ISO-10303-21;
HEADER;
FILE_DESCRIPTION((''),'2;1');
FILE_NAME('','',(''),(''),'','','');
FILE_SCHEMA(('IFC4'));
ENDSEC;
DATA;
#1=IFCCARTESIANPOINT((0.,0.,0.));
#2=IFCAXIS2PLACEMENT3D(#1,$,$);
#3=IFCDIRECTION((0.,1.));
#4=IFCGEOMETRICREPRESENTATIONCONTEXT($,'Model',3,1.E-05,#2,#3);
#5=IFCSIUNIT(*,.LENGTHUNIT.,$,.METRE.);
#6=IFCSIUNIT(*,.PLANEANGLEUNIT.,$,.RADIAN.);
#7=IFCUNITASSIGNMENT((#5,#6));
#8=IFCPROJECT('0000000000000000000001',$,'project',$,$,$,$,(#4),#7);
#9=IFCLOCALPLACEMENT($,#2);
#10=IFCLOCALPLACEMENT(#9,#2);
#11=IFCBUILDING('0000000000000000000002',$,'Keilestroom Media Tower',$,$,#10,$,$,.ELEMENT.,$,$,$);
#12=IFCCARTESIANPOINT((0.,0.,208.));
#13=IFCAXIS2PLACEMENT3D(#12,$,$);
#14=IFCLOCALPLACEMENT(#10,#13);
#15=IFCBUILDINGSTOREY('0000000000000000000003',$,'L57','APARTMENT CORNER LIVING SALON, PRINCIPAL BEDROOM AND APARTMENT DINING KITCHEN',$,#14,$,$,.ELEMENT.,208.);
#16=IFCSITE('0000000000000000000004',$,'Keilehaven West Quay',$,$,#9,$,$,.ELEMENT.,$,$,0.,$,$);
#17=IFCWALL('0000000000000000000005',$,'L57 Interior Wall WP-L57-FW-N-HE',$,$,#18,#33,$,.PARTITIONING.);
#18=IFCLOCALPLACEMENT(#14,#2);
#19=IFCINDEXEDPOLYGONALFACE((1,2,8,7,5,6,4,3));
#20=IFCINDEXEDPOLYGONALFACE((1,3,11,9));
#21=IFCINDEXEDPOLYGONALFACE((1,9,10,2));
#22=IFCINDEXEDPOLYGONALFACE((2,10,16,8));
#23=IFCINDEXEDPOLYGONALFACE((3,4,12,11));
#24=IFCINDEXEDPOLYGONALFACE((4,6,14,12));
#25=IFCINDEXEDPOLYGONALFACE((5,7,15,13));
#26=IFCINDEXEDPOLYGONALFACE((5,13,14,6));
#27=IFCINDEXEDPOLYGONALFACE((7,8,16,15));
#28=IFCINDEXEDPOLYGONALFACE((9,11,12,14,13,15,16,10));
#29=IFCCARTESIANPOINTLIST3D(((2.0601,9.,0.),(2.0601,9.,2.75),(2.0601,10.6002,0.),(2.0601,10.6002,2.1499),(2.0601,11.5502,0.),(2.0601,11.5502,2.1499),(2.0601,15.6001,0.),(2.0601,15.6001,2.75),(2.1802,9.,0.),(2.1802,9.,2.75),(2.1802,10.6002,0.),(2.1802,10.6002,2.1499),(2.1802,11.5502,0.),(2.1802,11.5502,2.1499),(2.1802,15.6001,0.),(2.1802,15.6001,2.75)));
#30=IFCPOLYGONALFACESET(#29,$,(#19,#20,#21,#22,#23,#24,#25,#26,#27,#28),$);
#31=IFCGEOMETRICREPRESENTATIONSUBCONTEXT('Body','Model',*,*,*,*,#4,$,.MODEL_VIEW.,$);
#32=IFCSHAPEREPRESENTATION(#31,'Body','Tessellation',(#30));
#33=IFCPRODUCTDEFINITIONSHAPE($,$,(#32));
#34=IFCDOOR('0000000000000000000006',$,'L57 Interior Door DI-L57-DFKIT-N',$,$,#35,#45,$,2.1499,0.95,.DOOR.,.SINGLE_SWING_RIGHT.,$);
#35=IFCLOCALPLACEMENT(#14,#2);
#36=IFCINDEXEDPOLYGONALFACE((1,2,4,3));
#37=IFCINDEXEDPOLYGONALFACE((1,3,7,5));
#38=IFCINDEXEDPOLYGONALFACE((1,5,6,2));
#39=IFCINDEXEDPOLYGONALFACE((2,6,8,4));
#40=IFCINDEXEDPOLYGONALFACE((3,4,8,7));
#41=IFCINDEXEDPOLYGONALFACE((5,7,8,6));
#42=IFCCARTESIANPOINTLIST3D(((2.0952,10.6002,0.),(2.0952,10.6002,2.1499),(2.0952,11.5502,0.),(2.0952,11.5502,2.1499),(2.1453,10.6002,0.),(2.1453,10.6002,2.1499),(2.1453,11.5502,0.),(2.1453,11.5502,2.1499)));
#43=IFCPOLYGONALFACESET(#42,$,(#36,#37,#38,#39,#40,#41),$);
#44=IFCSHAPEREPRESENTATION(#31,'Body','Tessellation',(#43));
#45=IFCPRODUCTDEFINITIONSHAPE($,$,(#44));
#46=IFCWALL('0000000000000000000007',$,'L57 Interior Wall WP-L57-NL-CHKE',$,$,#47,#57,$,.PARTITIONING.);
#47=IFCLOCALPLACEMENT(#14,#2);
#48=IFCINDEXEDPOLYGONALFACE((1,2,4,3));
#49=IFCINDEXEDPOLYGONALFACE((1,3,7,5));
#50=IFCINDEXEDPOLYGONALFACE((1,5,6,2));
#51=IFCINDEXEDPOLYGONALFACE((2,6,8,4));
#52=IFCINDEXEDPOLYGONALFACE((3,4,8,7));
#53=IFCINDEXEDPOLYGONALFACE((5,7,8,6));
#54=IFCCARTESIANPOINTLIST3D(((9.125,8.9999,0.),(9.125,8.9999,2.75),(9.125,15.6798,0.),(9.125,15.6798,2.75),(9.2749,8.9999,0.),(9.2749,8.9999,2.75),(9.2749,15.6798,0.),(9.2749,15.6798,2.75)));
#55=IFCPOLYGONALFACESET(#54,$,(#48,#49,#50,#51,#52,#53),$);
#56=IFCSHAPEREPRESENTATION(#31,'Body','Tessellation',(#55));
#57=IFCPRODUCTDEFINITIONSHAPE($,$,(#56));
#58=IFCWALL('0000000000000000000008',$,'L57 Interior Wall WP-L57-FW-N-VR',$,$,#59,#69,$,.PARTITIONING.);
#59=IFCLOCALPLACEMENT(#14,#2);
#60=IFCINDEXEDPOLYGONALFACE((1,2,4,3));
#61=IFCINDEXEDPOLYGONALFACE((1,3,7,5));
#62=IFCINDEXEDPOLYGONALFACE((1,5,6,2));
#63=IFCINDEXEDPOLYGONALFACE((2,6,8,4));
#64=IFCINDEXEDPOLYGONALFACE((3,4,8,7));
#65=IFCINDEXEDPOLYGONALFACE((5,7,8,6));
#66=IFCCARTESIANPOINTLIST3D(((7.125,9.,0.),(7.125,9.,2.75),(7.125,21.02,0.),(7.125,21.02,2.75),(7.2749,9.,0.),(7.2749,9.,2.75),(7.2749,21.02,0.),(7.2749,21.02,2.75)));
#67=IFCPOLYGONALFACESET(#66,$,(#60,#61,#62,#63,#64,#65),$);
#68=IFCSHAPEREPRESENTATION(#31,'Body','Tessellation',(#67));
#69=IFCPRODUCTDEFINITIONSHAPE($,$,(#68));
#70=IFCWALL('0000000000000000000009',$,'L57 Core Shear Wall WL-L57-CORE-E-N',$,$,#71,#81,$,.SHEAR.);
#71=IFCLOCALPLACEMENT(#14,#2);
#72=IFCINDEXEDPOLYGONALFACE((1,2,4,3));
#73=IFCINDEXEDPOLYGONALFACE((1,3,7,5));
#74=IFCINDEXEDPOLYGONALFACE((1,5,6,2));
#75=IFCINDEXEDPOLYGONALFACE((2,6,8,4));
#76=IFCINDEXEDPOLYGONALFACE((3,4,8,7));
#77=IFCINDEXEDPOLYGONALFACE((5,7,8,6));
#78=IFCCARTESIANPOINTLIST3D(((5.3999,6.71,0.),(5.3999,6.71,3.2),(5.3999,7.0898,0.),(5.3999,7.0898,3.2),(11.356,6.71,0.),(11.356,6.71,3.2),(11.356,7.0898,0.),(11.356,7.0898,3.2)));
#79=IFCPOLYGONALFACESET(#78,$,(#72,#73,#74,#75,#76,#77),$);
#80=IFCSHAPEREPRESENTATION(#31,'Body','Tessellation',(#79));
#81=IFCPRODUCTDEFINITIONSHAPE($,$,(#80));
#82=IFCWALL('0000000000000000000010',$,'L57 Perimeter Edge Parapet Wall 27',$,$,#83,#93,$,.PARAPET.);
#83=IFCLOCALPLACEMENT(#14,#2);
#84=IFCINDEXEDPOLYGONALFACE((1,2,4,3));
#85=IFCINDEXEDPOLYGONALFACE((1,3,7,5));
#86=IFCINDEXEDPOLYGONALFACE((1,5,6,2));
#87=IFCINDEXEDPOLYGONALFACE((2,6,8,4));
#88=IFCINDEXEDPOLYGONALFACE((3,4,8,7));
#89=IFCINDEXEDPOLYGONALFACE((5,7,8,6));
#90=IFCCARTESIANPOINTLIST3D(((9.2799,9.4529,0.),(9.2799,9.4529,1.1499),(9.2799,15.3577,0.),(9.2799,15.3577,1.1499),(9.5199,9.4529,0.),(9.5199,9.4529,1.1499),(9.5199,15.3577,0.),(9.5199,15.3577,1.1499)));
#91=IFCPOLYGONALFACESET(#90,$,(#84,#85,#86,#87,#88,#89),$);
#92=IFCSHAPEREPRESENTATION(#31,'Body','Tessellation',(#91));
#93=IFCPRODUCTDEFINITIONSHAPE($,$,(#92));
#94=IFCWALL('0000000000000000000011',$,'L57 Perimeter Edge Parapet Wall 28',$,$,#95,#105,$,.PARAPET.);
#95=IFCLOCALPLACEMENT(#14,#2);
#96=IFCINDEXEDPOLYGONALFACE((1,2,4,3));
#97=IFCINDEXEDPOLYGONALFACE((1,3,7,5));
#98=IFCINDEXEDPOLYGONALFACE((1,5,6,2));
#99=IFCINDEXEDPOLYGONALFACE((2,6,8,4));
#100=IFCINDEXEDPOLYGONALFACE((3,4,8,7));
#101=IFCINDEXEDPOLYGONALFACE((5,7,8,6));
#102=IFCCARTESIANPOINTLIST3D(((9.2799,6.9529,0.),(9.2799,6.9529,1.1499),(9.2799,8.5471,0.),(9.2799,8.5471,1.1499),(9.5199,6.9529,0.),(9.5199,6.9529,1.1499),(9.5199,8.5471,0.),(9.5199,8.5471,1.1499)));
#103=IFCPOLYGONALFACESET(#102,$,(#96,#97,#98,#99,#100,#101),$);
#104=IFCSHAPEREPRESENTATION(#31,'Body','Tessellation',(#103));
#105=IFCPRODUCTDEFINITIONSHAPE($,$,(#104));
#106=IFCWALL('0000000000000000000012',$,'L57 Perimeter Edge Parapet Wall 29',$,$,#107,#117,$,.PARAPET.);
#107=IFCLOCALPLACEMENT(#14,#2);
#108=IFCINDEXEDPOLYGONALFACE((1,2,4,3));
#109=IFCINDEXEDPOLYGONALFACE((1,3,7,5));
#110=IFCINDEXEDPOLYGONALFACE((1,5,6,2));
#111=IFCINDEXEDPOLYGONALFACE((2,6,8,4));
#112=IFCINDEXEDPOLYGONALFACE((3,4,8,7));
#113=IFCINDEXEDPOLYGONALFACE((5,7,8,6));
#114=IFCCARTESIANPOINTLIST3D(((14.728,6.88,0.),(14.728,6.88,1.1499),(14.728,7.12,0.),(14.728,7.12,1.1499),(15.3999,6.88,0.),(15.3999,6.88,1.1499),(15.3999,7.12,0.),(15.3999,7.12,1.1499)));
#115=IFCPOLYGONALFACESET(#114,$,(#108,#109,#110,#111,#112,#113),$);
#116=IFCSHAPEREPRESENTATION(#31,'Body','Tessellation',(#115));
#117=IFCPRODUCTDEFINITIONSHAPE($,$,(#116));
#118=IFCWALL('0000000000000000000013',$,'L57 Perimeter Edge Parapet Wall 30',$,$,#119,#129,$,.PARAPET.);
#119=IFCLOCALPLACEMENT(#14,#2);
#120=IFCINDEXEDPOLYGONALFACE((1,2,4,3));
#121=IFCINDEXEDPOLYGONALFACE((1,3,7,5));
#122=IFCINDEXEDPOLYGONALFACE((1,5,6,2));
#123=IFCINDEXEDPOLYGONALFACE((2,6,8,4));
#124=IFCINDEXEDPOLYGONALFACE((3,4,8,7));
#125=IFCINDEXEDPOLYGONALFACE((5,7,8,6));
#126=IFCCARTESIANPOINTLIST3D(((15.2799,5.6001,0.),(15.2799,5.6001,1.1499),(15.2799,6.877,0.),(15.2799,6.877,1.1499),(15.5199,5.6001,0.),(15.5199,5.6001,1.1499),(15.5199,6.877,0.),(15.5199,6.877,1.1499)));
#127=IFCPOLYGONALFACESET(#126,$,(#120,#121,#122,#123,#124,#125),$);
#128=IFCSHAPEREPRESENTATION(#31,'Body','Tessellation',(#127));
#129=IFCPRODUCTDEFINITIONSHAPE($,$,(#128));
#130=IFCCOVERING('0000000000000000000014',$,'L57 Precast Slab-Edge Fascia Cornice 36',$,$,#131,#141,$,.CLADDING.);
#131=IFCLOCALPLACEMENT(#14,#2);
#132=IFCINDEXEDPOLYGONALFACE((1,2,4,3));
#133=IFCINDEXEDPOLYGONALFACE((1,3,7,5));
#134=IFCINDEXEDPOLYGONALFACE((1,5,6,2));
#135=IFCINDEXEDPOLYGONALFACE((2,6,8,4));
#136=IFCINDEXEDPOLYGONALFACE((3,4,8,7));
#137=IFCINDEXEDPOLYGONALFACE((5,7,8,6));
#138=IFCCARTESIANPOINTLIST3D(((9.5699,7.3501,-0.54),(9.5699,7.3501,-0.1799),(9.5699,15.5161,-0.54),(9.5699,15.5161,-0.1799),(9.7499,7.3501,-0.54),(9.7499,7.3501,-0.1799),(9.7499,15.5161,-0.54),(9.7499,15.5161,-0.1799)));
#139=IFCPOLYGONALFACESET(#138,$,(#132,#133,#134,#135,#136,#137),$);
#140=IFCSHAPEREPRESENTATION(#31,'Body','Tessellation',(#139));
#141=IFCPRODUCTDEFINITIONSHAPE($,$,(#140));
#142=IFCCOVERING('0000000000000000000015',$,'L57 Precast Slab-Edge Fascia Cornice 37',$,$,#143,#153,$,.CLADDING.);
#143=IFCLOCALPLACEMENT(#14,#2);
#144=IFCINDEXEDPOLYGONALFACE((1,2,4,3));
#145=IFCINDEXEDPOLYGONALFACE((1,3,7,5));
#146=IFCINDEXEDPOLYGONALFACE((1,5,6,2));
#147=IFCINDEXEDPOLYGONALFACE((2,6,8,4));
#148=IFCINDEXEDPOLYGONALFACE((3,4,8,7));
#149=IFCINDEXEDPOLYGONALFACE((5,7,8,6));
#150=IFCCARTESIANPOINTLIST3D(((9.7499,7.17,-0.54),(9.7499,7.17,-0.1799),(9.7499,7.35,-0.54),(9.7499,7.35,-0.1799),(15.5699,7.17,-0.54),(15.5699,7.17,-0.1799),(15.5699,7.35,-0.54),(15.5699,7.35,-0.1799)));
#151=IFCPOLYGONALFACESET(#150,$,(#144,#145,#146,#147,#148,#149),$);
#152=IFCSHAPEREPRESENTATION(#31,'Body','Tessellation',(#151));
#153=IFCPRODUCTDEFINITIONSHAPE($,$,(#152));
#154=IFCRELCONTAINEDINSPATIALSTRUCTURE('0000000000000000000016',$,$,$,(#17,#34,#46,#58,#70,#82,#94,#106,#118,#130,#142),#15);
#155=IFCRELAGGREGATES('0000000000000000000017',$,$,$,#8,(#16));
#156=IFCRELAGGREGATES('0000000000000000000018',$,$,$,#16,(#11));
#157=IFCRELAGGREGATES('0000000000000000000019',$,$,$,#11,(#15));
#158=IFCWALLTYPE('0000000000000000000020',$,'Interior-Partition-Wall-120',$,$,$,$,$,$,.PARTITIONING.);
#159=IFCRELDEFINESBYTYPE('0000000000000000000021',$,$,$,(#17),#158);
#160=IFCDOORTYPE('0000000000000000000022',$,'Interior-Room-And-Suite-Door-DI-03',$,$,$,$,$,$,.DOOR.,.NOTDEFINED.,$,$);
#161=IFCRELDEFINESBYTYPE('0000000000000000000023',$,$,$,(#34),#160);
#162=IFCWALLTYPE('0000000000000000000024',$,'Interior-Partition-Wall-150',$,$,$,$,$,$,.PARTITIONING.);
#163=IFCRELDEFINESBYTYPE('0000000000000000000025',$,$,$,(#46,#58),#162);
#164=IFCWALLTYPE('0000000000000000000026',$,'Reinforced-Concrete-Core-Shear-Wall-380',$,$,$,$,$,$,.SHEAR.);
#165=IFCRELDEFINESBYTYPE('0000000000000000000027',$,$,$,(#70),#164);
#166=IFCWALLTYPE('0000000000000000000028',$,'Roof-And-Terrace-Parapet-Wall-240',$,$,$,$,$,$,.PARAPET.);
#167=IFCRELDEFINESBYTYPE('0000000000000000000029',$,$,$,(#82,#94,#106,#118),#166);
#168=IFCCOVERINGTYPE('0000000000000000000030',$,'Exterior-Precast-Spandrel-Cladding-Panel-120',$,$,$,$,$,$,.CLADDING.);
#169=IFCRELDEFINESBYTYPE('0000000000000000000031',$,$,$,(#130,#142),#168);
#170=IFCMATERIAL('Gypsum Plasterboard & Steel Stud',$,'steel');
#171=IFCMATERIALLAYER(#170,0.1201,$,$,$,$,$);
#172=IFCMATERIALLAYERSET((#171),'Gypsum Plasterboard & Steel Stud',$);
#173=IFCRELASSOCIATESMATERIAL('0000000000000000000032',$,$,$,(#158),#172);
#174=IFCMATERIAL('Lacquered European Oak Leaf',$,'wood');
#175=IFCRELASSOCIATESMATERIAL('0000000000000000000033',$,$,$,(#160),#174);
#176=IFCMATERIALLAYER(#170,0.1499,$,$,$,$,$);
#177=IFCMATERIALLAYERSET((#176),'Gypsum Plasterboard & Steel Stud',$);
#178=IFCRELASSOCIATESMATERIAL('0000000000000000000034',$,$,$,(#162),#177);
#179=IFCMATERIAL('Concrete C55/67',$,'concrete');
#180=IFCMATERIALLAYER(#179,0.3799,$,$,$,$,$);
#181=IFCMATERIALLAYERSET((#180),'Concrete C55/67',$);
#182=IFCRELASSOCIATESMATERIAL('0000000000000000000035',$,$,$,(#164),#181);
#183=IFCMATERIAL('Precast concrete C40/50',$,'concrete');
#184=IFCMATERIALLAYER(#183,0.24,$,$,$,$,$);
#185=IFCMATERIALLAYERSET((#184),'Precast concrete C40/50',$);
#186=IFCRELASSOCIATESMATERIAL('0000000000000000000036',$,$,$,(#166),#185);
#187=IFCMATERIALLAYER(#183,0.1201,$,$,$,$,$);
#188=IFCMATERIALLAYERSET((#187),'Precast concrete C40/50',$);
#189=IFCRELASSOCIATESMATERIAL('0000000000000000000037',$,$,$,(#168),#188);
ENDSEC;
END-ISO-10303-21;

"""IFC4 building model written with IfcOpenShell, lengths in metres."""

from ifc_helpers import new_model, si_unit, direction, frame, frame_2d, origin, origin_2d, place, context, subcontext, project, spatial, rectangle, extrude, source, transform, mapped, material, layer, layer_set, type_object, element, fill, save


model = new_model("IFC4")

# Units and contexts
model_context = context("Model", 3, precision=1e-05, world=origin(), true_north=direction((0.0, 1.0)))
body_context = subcontext(model_context, "Body", "Model", "MODEL_VIEW")
ifc_project = project(units=[si_unit("LENGTHUNIT", "METRE"), si_unit("PLANEANGLEUNIT", "RADIAN")], contexts=[model_context])

# Site, building, storey
site_placement = place(None, origin())
site = spatial("IfcSite", under=ifc_project, at=site_placement, Name="Keilehaven West Quay", CompositionType="ELEMENT", RefElevation=0.0)
building_placement = place(site_placement, origin())
building = spatial("IfcBuilding", under=site, at=building_placement, Name="Keilestroom Media Tower", CompositionType="ELEMENT")
storey_placement = place(building_placement, frame((0.0, 0.0, 208.0)))
storey = spatial("IfcBuildingStorey", under=building, at=storey_placement, Name="L57", Description="APARTMENT CORNER LIVING SALON, PRINCIPAL BEDROOM AND APARTMENT DINING KITCHEN", CompositionType="ELEMENT", Elevation=208.0)

# Shared definitions
ifc_material_1 = material(Name="Precast concrete C40/50", Category="concrete")
ifc_material_2 = material(Name="Concrete C55/67", Category="concrete")

# Wall, opening, door
ifc_material_3 = material(Name="Gypsum Plasterboard & Steel Stud", Category="steel")
ifc_layer_1 = layer(ifc_material_3, 0.1201)
ifc_layer_set_1 = layer_set([ifc_layer_1], Name="Gypsum Plasterboard & Steel Stud")
wall_type_1 = type_object("IfcWallType", Name="Interior-Partition-Wall-120", PredefinedType="PARTITIONING", material=ifc_layer_set_1)
wall_1_placement = place(storey_placement, frame((2.1201, 9.0, 0.0), z_axis=(0.0, 0.0, 1.0), x_axis=(0.0, 1.0, 0.0)))
wall_1 = element("IfcWall", 1, at=wall_1_placement, inside=storey, type_object=wall_type_1, Name="L57 Interior Wall WP-L57-FW-N-HE", PredefinedType="PARTITIONING", context=body_context, shape_type="SweptSolid", body=[
    extrude(rectangle(XDim=6.6001, YDim=0.1201, at=frame_2d((3.3, 0.0))), origin(), (0.0, 0.0, 1.0), 2.75),
])
opening_placement = place(wall_1_placement, frame((1.6001, 0.0, 0.0)))
opening = element("IfcOpeningElement", 2, at=opening_placement, cuts=wall_1, PredefinedType="OPENING", context=body_context, shape_type="SweptSolid", body=[
    extrude(rectangle(XDim=0.95, YDim=2.1499, at=frame_2d((0.4751, 1.075))), frame((0.0, 0.0701, 0.0), z_axis=(0.0, -1.0, 0.0), x_axis=(1.0, 0.0, 0.0)), (0.0, 0.0, 1.0), 0.1401),
])
ifc_material_4 = material(Name="Lacquered European Oak Leaf", Category="wood")
door_type = type_object("IfcDoorType", Name="Interior-Room-And-Suite-Door-DI-03", OperationType="NOTDEFINED", PredefinedType="DOOR", material=ifc_material_4)
shared_shape_1 = source(origin(), body_context, "Body", "SweptSolid", [
    extrude(rectangle(XDim=0.95, YDim=2.1499, at=frame_2d((0.4751, 1.075))), frame((0.0, 0.0249, 0.0), z_axis=(0.0, -1.0, 0.0), x_axis=(1.0, 0.0, 0.0)), (0.0, 0.0, 1.0), 0.05),
])
door_placement = place(opening_placement, origin())
door = element("IfcDoor", 3, at=door_placement, inside=storey, type_object=door_type, Name="L57 Interior Door DI-L57-DFKIT-N", OperationType="SINGLE_SWING_RIGHT", OverallHeight=2.1499, OverallWidth=0.95, PredefinedType="DOOR", context=body_context, shape_type="MappedRepresentation", body=[
    mapped(shared_shape_1, transform((0.0, 0.0, 0.0), x_axis=(1.0, 0.0, 0.0), y_axis=(0.0, 1.0, 0.0), z_axis=(0.0, 0.0, 1.0), scale=1.0)),
])
fill(opening, door)

# Walls
ifc_layer_2 = layer(ifc_material_3, 0.1499)
ifc_layer_set_2 = layer_set([ifc_layer_2], Name="Gypsum Plasterboard & Steel Stud")
wall_type_2 = type_object("IfcWallType", Name="Interior-Partition-Wall-150", PredefinedType="PARTITIONING", material=ifc_layer_set_2)
wall_2_placement = place(storey_placement, frame((9.2, 9.0, 0.0), z_axis=(0.0, 0.0, 1.0), x_axis=(0.0, 1.0, 0.0)))
element("IfcWall", 4, at=wall_2_placement, inside=storey, type_object=wall_type_2, Name="L57 Interior Wall WP-L57-NL-CHKE", PredefinedType="PARTITIONING", context=body_context, shape_type="SweptSolid", body=[
    extrude(rectangle(XDim=6.6799, YDim=0.1499, at=frame_2d((3.3398, 0.0))), origin(), (0.0, 0.0, 1.0), 2.75),
])
wall_3_placement = place(storey_placement, frame((7.2, 9.0, 0.0), z_axis=(0.0, 0.0, 1.0), x_axis=(0.0, 1.0, 0.0)))
element("IfcWall", 5, at=wall_3_placement, inside=storey, type_object=wall_type_2, Name="L57 Interior Wall WP-L57-FW-N-VR", PredefinedType="PARTITIONING", context=body_context, shape_type="SweptSolid", body=[
    extrude(rectangle(XDim=12.02, YDim=0.1499, at=frame_2d((6.01, 0.0))), origin(), (0.0, 0.0, 1.0), 2.75),
])
ifc_layer_3 = layer(ifc_material_2, 0.3799)
ifc_layer_set_3 = layer_set([ifc_layer_3], Name="Concrete C55/67")
wall_type_3 = type_object("IfcWallType", Name="Reinforced-Concrete-Core-Shear-Wall-380", PredefinedType="SHEAR", material=ifc_layer_set_3)
wall_4_placement = place(storey_placement, frame((5.3999, 6.8999, 0.0), z_axis=(0.0, 0.0, 1.0), x_axis=(1.0, 0.0, 0.0)))
element("IfcWall", 6, at=wall_4_placement, inside=storey, type_object=wall_type_3, Name="L57 Core Shear Wall WL-L57-CORE-E-N", PredefinedType="SHEAR", context=body_context, shape_type="SweptSolid", body=[
    extrude(rectangle(XDim=5.9561, YDim=0.3799, at=frame_2d((2.978, 0.0))), origin(), (0.0, 0.0, 1.0), 3.2),
])
ifc_layer_4 = layer(ifc_material_1, 0.24)
ifc_layer_set_4 = layer_set([ifc_layer_4], Name="Precast concrete C40/50")
wall_type_4 = type_object("IfcWallType", Name="Roof-And-Terrace-Parapet-Wall-240", PredefinedType="PARAPET", material=ifc_layer_set_4)
wall_5_placement = place(storey_placement, frame((9.3999, 15.3577, 0.0), z_axis=(0.0, 0.0, 1.0), x_axis=(0.0, -1.0, 0.0)))
element("IfcWall", 7, at=wall_5_placement, inside=storey, type_object=wall_type_4, Name="L57 Perimeter Edge Parapet Wall 27", PredefinedType="PARAPET", context=body_context, shape_type="SweptSolid", body=[
    extrude(rectangle(XDim=5.9048, YDim=0.24, at=frame_2d((2.9524, 0.0))), origin(), (0.0, 0.0, 1.0), 1.1499),
])
wall_6_placement = place(storey_placement, frame((9.3999, 8.5471, 0.0), z_axis=(0.0, 0.0, 1.0), x_axis=(0.0, -1.0, 0.0)))
element("IfcWall", 8, at=wall_6_placement, inside=storey, type_object=wall_type_4, Name="L57 Perimeter Edge Parapet Wall 28", PredefinedType="PARAPET", context=body_context, shape_type="SweptSolid", body=[
    extrude(rectangle(XDim=1.5942, YDim=0.24, at=frame_2d((0.7971, 0.0))), origin(), (0.0, 0.0, 1.0), 1.1499),
])
wall_7_placement = place(storey_placement, frame((14.728, 7.0, 0.0), z_axis=(0.0, 0.0, 1.0), x_axis=(1.0, 0.0, 0.0)))
element("IfcWall", 9, at=wall_7_placement, inside=storey, type_object=wall_type_4, Name="L57 Perimeter Edge Parapet Wall 29", PredefinedType="PARAPET", context=body_context, shape_type="SweptSolid", body=[
    extrude(rectangle(XDim=0.6719, YDim=0.24, at=frame_2d((0.3359, 0.0))), origin(), (0.0, 0.0, 1.0), 1.1499),
])
wall_8_placement = place(storey_placement, frame((15.3999, 6.877, 0.0), z_axis=(0.0, 0.0, 1.0), x_axis=(0.0, -1.0, 0.0)))
element("IfcWall", 10, at=wall_8_placement, inside=storey, type_object=wall_type_4, Name="L57 Perimeter Edge Parapet Wall 30", PredefinedType="PARAPET", context=body_context, shape_type="SweptSolid", body=[
    extrude(rectangle(XDim=1.2769, YDim=0.24, at=frame_2d((0.6384, 0.0))), origin(), (0.0, 0.0, 1.0), 1.1499),
])

# Coverings
ifc_layer_5 = layer(ifc_material_1, 0.1201)
ifc_layer_set_5 = layer_set([ifc_layer_5], Name="Precast concrete C40/50")
covering_type = type_object("IfcCoveringType", Name="Exterior-Precast-Spandrel-Cladding-Panel-120", PredefinedType="CLADDING", material=ifc_layer_set_5)
shared_shape_2 = source(origin(), body_context, "Body", "SweptSolid", [
    extrude(rectangle(XDim=8.166, YDim=0.1799, at=origin_2d()), origin(), (0.0, 0.0, 1.0), 0.3601),
])
covering_1_placement = place(storey_placement, frame((9.6599, 11.4331, -0.54), z_axis=(0.0, 0.0, 1.0), x_axis=(0.0, -1.0, 0.0)))
element("IfcCovering", 11, at=covering_1_placement, inside=storey, type_object=covering_type, Name="L57 Precast Slab-Edge Fascia Cornice 36", PredefinedType="CLADDING", context=body_context, shape_type="MappedRepresentation", body=[
    mapped(shared_shape_2, transform((0.0, 0.0, 0.0), x_axis=(1.0, 0.0, 0.0), y_axis=(0.0, 1.0, 0.0), z_axis=(0.0, 0.0, 1.0), scale=1.0)),
])
shared_shape_3 = source(origin(), body_context, "Body", "SweptSolid", [
    extrude(rectangle(XDim=5.8201, YDim=0.1799, at=origin_2d()), origin(), (0.0, 0.0, 1.0), 0.3601),
])
covering_2_placement = place(storey_placement, frame((12.6599, 7.26, -0.54), z_axis=(0.0, 0.0, 1.0), x_axis=(1.0, 0.0, 0.0)))
element("IfcCovering", 12, at=covering_2_placement, inside=storey, type_object=covering_type, Name="L57 Precast Slab-Edge Fascia Cornice 37", PredefinedType="CLADDING", context=body_context, shape_type="MappedRepresentation", body=[
    mapped(shared_shape_3, transform((0.0, 0.0, 0.0), x_axis=(1.0, 0.0, 0.0), y_axis=(0.0, 1.0, 0.0), z_axis=(0.0, 0.0, 1.0), scale=1.0)),
])

save(model, "model.ifc")
